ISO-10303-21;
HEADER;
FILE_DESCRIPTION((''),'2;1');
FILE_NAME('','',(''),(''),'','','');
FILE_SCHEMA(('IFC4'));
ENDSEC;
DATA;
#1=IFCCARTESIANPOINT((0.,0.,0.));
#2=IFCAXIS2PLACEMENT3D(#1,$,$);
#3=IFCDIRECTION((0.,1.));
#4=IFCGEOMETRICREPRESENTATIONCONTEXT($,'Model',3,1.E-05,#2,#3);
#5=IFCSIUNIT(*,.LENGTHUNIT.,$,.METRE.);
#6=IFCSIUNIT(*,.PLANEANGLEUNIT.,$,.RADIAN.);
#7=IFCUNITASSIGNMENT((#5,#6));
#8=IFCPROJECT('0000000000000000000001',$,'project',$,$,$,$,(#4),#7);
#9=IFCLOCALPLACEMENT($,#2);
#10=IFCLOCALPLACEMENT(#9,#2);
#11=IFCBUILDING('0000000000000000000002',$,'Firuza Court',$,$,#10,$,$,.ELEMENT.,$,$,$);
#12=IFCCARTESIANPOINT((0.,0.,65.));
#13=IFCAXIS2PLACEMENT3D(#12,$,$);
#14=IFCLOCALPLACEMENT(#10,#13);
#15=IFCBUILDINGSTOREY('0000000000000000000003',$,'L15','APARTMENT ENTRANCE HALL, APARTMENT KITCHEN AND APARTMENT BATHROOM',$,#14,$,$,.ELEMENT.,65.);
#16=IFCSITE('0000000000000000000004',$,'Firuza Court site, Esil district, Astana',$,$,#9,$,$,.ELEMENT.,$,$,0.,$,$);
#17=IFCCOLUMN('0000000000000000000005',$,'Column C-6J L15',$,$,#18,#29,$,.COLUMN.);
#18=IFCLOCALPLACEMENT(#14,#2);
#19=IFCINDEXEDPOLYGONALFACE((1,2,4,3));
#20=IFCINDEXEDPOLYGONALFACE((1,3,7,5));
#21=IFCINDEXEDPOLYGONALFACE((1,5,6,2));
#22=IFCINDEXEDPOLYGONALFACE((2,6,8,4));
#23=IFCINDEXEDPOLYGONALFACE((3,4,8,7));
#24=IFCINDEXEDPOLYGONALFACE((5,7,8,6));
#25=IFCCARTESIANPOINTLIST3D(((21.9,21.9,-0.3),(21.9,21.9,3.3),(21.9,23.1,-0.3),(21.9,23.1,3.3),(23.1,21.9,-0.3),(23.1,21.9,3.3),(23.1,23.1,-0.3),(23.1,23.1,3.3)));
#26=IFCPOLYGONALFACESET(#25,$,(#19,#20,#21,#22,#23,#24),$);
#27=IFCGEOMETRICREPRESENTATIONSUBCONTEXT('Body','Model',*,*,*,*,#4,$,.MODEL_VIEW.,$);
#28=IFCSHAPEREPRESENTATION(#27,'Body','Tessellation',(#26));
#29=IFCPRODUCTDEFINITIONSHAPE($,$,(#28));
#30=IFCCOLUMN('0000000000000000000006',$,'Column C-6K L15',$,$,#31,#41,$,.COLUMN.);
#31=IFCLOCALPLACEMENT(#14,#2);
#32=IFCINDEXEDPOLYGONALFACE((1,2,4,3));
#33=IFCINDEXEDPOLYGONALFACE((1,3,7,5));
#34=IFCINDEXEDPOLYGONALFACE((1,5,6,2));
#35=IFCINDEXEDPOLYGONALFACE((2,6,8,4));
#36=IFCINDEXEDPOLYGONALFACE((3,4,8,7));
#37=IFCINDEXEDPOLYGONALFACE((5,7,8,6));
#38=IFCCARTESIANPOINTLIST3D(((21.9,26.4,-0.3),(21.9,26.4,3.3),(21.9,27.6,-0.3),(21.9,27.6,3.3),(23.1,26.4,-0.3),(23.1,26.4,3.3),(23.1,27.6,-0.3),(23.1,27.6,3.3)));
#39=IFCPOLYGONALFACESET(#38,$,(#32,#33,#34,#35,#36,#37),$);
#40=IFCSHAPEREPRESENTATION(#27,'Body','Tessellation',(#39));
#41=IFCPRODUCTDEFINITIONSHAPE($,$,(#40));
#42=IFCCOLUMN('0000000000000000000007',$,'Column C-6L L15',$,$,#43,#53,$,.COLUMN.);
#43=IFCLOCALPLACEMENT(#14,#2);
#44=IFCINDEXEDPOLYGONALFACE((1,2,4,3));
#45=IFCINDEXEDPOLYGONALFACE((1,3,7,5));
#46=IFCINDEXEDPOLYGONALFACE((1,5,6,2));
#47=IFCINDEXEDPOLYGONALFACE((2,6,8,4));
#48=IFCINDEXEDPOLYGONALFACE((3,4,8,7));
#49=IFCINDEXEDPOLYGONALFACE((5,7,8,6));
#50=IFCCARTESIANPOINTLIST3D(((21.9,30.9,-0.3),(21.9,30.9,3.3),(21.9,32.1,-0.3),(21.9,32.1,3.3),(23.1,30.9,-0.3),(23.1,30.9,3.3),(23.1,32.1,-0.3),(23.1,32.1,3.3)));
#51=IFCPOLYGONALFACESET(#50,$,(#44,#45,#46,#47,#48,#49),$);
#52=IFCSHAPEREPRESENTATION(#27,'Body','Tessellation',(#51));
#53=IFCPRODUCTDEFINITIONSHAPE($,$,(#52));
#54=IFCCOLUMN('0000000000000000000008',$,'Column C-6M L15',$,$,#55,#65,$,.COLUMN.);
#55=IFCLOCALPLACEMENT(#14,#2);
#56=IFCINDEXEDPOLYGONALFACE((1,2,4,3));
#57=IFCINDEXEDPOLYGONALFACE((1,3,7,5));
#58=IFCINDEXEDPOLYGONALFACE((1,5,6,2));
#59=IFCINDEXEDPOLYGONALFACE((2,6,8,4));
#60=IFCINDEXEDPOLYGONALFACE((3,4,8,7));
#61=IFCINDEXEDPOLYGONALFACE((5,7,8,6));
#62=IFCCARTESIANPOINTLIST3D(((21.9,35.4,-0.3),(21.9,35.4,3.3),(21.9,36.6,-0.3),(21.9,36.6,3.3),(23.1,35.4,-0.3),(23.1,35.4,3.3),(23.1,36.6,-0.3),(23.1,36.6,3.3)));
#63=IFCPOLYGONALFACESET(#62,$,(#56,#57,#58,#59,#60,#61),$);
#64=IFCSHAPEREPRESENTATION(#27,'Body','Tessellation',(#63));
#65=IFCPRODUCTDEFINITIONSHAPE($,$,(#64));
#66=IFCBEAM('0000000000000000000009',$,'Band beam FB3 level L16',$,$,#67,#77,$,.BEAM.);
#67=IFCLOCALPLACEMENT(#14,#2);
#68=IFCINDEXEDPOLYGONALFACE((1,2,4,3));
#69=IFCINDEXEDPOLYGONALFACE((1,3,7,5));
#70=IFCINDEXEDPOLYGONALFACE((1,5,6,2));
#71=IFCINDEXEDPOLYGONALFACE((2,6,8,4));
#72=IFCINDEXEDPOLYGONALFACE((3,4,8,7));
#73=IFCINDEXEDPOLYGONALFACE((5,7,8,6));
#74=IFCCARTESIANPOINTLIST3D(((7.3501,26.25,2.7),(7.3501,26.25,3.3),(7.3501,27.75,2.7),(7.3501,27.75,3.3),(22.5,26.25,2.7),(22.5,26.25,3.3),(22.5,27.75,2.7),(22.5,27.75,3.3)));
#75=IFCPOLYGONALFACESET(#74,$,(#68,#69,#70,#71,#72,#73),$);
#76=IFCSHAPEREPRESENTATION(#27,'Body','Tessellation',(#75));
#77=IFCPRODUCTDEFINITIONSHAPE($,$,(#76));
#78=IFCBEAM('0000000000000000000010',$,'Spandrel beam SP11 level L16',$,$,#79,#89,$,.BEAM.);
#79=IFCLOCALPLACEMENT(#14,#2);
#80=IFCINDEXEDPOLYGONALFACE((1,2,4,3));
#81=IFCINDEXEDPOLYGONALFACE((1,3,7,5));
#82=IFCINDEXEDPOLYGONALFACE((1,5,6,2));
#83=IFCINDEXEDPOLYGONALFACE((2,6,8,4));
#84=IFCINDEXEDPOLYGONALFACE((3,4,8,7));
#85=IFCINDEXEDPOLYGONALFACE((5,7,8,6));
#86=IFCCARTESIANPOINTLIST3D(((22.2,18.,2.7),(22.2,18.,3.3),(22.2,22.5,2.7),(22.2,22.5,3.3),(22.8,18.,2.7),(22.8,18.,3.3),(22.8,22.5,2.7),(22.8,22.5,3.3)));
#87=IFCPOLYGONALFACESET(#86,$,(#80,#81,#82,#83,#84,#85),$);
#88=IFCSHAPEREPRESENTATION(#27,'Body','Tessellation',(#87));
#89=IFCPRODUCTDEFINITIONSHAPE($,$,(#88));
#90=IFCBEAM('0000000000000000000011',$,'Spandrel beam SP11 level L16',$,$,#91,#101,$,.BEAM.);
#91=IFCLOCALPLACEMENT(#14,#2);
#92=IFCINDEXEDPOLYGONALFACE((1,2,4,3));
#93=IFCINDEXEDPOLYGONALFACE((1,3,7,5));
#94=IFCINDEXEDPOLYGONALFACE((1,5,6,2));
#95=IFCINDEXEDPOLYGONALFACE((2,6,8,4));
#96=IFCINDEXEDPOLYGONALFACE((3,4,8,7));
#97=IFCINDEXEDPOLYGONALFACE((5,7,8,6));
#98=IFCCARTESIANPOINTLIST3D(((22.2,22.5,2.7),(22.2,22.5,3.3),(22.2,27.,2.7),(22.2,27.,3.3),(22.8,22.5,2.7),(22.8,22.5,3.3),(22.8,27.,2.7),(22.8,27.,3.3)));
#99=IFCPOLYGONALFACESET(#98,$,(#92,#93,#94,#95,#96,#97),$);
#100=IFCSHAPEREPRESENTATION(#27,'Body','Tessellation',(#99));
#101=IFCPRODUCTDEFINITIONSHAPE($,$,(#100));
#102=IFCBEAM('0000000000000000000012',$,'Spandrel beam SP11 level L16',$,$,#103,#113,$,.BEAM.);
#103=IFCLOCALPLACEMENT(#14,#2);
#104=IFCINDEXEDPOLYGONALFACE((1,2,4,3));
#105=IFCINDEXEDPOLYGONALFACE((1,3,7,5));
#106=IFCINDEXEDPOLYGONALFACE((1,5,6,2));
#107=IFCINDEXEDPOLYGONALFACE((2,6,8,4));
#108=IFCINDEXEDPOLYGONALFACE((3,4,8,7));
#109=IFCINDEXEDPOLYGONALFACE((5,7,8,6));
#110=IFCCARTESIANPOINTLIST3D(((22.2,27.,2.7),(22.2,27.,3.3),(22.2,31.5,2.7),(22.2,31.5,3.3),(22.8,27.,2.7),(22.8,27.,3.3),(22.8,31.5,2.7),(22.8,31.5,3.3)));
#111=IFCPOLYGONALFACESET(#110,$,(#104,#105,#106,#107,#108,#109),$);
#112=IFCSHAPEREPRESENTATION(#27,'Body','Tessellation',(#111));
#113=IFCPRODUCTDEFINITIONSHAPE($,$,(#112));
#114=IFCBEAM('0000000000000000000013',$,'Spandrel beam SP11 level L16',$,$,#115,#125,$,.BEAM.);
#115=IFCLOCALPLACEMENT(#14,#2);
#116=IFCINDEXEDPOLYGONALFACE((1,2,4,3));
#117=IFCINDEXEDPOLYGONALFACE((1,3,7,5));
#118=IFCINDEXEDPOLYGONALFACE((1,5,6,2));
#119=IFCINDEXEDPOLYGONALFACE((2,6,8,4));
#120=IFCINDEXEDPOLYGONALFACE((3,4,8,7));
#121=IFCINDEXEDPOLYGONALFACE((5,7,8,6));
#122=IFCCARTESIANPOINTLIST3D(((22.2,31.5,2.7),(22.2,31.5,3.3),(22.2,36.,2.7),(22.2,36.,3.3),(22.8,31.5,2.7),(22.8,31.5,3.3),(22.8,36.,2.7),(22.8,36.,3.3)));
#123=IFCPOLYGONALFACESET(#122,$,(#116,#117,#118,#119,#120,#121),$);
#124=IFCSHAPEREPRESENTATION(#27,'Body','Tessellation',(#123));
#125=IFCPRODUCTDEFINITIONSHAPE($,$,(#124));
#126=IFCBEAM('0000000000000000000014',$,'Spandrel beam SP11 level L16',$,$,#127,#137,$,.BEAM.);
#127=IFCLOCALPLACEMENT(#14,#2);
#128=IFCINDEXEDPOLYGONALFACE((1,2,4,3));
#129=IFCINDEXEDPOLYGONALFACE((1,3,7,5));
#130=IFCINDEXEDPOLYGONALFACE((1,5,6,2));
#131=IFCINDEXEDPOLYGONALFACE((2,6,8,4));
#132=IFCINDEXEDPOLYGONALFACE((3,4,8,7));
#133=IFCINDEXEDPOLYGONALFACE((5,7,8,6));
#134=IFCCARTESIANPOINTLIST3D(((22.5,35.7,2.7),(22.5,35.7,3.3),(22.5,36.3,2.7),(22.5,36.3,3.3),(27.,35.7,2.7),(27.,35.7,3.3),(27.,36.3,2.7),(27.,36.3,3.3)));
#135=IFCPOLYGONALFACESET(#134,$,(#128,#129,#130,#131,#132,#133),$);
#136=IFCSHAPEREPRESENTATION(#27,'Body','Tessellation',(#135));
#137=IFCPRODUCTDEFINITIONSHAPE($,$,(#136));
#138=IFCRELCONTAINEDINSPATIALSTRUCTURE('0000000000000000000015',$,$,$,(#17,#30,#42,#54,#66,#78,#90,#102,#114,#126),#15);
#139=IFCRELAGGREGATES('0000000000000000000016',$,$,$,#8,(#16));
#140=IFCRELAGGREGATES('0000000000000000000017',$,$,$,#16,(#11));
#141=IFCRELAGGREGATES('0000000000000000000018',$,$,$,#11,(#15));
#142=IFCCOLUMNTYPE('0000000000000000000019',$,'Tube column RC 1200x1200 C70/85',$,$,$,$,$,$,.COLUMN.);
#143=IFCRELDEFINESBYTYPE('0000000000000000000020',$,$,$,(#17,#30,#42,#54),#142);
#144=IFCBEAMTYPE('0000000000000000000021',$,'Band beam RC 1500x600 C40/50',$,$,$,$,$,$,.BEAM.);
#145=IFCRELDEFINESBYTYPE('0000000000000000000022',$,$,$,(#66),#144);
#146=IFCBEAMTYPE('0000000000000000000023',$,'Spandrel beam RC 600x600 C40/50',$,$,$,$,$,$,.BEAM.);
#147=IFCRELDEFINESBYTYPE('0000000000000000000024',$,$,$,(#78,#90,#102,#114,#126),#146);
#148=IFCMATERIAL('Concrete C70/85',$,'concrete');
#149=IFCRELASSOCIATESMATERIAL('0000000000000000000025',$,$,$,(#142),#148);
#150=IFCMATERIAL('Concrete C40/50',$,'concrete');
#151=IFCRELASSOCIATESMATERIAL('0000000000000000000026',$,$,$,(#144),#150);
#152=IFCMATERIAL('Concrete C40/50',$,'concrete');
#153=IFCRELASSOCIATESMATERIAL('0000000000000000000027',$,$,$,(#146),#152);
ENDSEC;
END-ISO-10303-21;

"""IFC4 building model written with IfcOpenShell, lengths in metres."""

from ifc_helpers import new_model, si_unit, direction, frame, origin, origin_2d, place, context, subcontext, project, spatial, rectangle, extrude, material, material_profile, profile_set, type_object, element, save


model = new_model("IFC4")

# Units and contexts
model_context = context("Model", 3, precision=1e-05, world=origin(), true_north=direction((0.0, 1.0)))
body_context = subcontext(model_context, "Body", "Model", "MODEL_VIEW")
ifc_project = project(units=[si_unit("LENGTHUNIT", "METRE"), si_unit("PLANEANGLEUNIT", "RADIAN")], contexts=[model_context])

# Site, building, storey
site_placement = place(None, origin())
site = spatial("IfcSite", under=ifc_project, at=site_placement, Name="Firuza Court site, Esil district, Astana", CompositionType="ELEMENT", RefElevation=0.0)
building_placement = place(site_placement, origin())
building = spatial("IfcBuilding", under=site, at=building_placement, Name="Firuza Court", CompositionType="ELEMENT")
storey_placement = place(building_placement, frame((0.0, 0.0, 65.0)))
storey = spatial("IfcBuildingStorey", under=building, at=storey_placement, Name="L15", Description="APARTMENT ENTRANCE HALL, APARTMENT KITCHEN AND APARTMENT BATHROOM", CompositionType="ELEMENT", Elevation=65.0)

# Columns
ifc_material_1 = material(Name="Concrete C70/85", Category="concrete")
ifc_material_profile_1 = material_profile(ifc_material_1, rectangle(XDim=1.2, YDim=1.2, at=origin_2d()), Name="RC 1200x1200")
ifc_profile_set_1 = profile_set([ifc_material_profile_1], Name="Concrete C70/85")
column_type = type_object("IfcColumnType", Name="Tube column RC 1200x1200 C70/85", PredefinedType="COLUMN", material=ifc_profile_set_1)
for number, where, z_axis, x_axis, name in (
    (1, (22.5, 22.5, -0.3), (0.0, 0.0, 1.0), (1.0, 0.0, 0.0), "Column C-6J L15"),
    (2, (22.5, 27.0, -0.3), (0.0, 0.0, 1.0), (1.0, 0.0, 0.0), "Column C-6K L15"),
    (3, (22.5, 31.5, -0.3), (0.0, 0.0, 1.0), (1.0, 0.0, 0.0), "Column C-6L L15"),
    (4, (22.5, 36.0, -0.3), (0.0, 0.0, 1.0), (1.0, 0.0, 0.0), "Column C-6M L15"),
):
    element("IfcColumn", number, at=place(storey_placement, frame(where, z_axis=z_axis, x_axis=x_axis)), inside=storey, type_object=column_type, Name=name, PredefinedType="COLUMN", context=body_context, shape_type="SweptSolid", body=[
        extrude(rectangle(XDim=1.2, YDim=1.2, at=origin_2d()), origin(), (0.0, 0.0, 1.0), 3.6001),
    ])

# Beams
ifc_material_2 = material(Name="Concrete C40/50", Category="concrete")
ifc_material_profile_2 = material_profile(ifc_material_2, rectangle(XDim=1.5, YDim=0.6001, at=origin_2d()), Name="RC 1500x600")
ifc_profile_set_2 = profile_set([ifc_material_profile_2], Name="Concrete C40/50")
beam_type_1 = type_object("IfcBeamType", Name="Band beam RC 1500x600 C40/50", PredefinedType="BEAM", material=ifc_profile_set_2)
beam_placement = place(storey_placement, frame((22.5, 27.0, 3.0), z_axis=(-1.0, 0.0, 0.0), x_axis=(0.0, -1.0, 0.0)))
element("IfcBeam", 5, at=beam_placement, inside=storey, type_object=beam_type_1, Name="Band beam FB3 level L16", PredefinedType="BEAM", context=body_context, shape_type="SweptSolid", body=[
    extrude(rectangle(XDim=1.5, YDim=0.6001, at=origin_2d()), origin(), (0.0, 0.0, 1.0), 15.1499),
])
ifc_material_3 = material(Name="Concrete C40/50", Category="concrete")
ifc_material_profile_3 = material_profile(ifc_material_3, rectangle(XDim=0.6001, YDim=0.6001, at=origin_2d()), Name="RC 600x600")
ifc_profile_set_3 = profile_set([ifc_material_profile_3], Name="Concrete C40/50")
beam_type_2 = type_object("IfcBeamType", Name="Spandrel beam RC 600x600 C40/50", PredefinedType="BEAM", material=ifc_profile_set_3)
for number, where, z_axis, x_axis, name in (
    (6, (22.5, 18.0, 3.0), (0.0, 1.0, 0.0), (-1.0, 0.0, 0.0), "Spandrel beam SP11 level L16"),
    (7, (22.5, 22.5, 3.0), (0.0, 1.0, 0.0), (-1.0, 0.0, 0.0), "Spandrel beam SP11 level L16"),
    (8, (22.5, 27.0, 3.0), (0.0, 1.0, 0.0), (-1.0, 0.0, 0.0), "Spandrel beam SP11 level L16"),
    (9, (22.5, 31.5, 3.0), (0.0, 1.0, 0.0), (-1.0, 0.0, 0.0), "Spandrel beam SP11 level L16"),
    (10, (22.5, 36.0, 3.0), (1.0, 0.0, 0.0), (0.0, 1.0, 0.0), "Spandrel beam SP11 level L16"),
):
    element("IfcBeam", number, at=place(storey_placement, frame(where, z_axis=z_axis, x_axis=x_axis)), inside=storey, type_object=beam_type_2, Name=name, PredefinedType="BEAM", context=body_context, shape_type="SweptSolid", body=[
        extrude(rectangle(XDim=0.6001, YDim=0.6001, at=origin_2d()), origin(), (0.0, 0.0, 1.0), 4.5),
    ])

save(model, "model.ifc")
